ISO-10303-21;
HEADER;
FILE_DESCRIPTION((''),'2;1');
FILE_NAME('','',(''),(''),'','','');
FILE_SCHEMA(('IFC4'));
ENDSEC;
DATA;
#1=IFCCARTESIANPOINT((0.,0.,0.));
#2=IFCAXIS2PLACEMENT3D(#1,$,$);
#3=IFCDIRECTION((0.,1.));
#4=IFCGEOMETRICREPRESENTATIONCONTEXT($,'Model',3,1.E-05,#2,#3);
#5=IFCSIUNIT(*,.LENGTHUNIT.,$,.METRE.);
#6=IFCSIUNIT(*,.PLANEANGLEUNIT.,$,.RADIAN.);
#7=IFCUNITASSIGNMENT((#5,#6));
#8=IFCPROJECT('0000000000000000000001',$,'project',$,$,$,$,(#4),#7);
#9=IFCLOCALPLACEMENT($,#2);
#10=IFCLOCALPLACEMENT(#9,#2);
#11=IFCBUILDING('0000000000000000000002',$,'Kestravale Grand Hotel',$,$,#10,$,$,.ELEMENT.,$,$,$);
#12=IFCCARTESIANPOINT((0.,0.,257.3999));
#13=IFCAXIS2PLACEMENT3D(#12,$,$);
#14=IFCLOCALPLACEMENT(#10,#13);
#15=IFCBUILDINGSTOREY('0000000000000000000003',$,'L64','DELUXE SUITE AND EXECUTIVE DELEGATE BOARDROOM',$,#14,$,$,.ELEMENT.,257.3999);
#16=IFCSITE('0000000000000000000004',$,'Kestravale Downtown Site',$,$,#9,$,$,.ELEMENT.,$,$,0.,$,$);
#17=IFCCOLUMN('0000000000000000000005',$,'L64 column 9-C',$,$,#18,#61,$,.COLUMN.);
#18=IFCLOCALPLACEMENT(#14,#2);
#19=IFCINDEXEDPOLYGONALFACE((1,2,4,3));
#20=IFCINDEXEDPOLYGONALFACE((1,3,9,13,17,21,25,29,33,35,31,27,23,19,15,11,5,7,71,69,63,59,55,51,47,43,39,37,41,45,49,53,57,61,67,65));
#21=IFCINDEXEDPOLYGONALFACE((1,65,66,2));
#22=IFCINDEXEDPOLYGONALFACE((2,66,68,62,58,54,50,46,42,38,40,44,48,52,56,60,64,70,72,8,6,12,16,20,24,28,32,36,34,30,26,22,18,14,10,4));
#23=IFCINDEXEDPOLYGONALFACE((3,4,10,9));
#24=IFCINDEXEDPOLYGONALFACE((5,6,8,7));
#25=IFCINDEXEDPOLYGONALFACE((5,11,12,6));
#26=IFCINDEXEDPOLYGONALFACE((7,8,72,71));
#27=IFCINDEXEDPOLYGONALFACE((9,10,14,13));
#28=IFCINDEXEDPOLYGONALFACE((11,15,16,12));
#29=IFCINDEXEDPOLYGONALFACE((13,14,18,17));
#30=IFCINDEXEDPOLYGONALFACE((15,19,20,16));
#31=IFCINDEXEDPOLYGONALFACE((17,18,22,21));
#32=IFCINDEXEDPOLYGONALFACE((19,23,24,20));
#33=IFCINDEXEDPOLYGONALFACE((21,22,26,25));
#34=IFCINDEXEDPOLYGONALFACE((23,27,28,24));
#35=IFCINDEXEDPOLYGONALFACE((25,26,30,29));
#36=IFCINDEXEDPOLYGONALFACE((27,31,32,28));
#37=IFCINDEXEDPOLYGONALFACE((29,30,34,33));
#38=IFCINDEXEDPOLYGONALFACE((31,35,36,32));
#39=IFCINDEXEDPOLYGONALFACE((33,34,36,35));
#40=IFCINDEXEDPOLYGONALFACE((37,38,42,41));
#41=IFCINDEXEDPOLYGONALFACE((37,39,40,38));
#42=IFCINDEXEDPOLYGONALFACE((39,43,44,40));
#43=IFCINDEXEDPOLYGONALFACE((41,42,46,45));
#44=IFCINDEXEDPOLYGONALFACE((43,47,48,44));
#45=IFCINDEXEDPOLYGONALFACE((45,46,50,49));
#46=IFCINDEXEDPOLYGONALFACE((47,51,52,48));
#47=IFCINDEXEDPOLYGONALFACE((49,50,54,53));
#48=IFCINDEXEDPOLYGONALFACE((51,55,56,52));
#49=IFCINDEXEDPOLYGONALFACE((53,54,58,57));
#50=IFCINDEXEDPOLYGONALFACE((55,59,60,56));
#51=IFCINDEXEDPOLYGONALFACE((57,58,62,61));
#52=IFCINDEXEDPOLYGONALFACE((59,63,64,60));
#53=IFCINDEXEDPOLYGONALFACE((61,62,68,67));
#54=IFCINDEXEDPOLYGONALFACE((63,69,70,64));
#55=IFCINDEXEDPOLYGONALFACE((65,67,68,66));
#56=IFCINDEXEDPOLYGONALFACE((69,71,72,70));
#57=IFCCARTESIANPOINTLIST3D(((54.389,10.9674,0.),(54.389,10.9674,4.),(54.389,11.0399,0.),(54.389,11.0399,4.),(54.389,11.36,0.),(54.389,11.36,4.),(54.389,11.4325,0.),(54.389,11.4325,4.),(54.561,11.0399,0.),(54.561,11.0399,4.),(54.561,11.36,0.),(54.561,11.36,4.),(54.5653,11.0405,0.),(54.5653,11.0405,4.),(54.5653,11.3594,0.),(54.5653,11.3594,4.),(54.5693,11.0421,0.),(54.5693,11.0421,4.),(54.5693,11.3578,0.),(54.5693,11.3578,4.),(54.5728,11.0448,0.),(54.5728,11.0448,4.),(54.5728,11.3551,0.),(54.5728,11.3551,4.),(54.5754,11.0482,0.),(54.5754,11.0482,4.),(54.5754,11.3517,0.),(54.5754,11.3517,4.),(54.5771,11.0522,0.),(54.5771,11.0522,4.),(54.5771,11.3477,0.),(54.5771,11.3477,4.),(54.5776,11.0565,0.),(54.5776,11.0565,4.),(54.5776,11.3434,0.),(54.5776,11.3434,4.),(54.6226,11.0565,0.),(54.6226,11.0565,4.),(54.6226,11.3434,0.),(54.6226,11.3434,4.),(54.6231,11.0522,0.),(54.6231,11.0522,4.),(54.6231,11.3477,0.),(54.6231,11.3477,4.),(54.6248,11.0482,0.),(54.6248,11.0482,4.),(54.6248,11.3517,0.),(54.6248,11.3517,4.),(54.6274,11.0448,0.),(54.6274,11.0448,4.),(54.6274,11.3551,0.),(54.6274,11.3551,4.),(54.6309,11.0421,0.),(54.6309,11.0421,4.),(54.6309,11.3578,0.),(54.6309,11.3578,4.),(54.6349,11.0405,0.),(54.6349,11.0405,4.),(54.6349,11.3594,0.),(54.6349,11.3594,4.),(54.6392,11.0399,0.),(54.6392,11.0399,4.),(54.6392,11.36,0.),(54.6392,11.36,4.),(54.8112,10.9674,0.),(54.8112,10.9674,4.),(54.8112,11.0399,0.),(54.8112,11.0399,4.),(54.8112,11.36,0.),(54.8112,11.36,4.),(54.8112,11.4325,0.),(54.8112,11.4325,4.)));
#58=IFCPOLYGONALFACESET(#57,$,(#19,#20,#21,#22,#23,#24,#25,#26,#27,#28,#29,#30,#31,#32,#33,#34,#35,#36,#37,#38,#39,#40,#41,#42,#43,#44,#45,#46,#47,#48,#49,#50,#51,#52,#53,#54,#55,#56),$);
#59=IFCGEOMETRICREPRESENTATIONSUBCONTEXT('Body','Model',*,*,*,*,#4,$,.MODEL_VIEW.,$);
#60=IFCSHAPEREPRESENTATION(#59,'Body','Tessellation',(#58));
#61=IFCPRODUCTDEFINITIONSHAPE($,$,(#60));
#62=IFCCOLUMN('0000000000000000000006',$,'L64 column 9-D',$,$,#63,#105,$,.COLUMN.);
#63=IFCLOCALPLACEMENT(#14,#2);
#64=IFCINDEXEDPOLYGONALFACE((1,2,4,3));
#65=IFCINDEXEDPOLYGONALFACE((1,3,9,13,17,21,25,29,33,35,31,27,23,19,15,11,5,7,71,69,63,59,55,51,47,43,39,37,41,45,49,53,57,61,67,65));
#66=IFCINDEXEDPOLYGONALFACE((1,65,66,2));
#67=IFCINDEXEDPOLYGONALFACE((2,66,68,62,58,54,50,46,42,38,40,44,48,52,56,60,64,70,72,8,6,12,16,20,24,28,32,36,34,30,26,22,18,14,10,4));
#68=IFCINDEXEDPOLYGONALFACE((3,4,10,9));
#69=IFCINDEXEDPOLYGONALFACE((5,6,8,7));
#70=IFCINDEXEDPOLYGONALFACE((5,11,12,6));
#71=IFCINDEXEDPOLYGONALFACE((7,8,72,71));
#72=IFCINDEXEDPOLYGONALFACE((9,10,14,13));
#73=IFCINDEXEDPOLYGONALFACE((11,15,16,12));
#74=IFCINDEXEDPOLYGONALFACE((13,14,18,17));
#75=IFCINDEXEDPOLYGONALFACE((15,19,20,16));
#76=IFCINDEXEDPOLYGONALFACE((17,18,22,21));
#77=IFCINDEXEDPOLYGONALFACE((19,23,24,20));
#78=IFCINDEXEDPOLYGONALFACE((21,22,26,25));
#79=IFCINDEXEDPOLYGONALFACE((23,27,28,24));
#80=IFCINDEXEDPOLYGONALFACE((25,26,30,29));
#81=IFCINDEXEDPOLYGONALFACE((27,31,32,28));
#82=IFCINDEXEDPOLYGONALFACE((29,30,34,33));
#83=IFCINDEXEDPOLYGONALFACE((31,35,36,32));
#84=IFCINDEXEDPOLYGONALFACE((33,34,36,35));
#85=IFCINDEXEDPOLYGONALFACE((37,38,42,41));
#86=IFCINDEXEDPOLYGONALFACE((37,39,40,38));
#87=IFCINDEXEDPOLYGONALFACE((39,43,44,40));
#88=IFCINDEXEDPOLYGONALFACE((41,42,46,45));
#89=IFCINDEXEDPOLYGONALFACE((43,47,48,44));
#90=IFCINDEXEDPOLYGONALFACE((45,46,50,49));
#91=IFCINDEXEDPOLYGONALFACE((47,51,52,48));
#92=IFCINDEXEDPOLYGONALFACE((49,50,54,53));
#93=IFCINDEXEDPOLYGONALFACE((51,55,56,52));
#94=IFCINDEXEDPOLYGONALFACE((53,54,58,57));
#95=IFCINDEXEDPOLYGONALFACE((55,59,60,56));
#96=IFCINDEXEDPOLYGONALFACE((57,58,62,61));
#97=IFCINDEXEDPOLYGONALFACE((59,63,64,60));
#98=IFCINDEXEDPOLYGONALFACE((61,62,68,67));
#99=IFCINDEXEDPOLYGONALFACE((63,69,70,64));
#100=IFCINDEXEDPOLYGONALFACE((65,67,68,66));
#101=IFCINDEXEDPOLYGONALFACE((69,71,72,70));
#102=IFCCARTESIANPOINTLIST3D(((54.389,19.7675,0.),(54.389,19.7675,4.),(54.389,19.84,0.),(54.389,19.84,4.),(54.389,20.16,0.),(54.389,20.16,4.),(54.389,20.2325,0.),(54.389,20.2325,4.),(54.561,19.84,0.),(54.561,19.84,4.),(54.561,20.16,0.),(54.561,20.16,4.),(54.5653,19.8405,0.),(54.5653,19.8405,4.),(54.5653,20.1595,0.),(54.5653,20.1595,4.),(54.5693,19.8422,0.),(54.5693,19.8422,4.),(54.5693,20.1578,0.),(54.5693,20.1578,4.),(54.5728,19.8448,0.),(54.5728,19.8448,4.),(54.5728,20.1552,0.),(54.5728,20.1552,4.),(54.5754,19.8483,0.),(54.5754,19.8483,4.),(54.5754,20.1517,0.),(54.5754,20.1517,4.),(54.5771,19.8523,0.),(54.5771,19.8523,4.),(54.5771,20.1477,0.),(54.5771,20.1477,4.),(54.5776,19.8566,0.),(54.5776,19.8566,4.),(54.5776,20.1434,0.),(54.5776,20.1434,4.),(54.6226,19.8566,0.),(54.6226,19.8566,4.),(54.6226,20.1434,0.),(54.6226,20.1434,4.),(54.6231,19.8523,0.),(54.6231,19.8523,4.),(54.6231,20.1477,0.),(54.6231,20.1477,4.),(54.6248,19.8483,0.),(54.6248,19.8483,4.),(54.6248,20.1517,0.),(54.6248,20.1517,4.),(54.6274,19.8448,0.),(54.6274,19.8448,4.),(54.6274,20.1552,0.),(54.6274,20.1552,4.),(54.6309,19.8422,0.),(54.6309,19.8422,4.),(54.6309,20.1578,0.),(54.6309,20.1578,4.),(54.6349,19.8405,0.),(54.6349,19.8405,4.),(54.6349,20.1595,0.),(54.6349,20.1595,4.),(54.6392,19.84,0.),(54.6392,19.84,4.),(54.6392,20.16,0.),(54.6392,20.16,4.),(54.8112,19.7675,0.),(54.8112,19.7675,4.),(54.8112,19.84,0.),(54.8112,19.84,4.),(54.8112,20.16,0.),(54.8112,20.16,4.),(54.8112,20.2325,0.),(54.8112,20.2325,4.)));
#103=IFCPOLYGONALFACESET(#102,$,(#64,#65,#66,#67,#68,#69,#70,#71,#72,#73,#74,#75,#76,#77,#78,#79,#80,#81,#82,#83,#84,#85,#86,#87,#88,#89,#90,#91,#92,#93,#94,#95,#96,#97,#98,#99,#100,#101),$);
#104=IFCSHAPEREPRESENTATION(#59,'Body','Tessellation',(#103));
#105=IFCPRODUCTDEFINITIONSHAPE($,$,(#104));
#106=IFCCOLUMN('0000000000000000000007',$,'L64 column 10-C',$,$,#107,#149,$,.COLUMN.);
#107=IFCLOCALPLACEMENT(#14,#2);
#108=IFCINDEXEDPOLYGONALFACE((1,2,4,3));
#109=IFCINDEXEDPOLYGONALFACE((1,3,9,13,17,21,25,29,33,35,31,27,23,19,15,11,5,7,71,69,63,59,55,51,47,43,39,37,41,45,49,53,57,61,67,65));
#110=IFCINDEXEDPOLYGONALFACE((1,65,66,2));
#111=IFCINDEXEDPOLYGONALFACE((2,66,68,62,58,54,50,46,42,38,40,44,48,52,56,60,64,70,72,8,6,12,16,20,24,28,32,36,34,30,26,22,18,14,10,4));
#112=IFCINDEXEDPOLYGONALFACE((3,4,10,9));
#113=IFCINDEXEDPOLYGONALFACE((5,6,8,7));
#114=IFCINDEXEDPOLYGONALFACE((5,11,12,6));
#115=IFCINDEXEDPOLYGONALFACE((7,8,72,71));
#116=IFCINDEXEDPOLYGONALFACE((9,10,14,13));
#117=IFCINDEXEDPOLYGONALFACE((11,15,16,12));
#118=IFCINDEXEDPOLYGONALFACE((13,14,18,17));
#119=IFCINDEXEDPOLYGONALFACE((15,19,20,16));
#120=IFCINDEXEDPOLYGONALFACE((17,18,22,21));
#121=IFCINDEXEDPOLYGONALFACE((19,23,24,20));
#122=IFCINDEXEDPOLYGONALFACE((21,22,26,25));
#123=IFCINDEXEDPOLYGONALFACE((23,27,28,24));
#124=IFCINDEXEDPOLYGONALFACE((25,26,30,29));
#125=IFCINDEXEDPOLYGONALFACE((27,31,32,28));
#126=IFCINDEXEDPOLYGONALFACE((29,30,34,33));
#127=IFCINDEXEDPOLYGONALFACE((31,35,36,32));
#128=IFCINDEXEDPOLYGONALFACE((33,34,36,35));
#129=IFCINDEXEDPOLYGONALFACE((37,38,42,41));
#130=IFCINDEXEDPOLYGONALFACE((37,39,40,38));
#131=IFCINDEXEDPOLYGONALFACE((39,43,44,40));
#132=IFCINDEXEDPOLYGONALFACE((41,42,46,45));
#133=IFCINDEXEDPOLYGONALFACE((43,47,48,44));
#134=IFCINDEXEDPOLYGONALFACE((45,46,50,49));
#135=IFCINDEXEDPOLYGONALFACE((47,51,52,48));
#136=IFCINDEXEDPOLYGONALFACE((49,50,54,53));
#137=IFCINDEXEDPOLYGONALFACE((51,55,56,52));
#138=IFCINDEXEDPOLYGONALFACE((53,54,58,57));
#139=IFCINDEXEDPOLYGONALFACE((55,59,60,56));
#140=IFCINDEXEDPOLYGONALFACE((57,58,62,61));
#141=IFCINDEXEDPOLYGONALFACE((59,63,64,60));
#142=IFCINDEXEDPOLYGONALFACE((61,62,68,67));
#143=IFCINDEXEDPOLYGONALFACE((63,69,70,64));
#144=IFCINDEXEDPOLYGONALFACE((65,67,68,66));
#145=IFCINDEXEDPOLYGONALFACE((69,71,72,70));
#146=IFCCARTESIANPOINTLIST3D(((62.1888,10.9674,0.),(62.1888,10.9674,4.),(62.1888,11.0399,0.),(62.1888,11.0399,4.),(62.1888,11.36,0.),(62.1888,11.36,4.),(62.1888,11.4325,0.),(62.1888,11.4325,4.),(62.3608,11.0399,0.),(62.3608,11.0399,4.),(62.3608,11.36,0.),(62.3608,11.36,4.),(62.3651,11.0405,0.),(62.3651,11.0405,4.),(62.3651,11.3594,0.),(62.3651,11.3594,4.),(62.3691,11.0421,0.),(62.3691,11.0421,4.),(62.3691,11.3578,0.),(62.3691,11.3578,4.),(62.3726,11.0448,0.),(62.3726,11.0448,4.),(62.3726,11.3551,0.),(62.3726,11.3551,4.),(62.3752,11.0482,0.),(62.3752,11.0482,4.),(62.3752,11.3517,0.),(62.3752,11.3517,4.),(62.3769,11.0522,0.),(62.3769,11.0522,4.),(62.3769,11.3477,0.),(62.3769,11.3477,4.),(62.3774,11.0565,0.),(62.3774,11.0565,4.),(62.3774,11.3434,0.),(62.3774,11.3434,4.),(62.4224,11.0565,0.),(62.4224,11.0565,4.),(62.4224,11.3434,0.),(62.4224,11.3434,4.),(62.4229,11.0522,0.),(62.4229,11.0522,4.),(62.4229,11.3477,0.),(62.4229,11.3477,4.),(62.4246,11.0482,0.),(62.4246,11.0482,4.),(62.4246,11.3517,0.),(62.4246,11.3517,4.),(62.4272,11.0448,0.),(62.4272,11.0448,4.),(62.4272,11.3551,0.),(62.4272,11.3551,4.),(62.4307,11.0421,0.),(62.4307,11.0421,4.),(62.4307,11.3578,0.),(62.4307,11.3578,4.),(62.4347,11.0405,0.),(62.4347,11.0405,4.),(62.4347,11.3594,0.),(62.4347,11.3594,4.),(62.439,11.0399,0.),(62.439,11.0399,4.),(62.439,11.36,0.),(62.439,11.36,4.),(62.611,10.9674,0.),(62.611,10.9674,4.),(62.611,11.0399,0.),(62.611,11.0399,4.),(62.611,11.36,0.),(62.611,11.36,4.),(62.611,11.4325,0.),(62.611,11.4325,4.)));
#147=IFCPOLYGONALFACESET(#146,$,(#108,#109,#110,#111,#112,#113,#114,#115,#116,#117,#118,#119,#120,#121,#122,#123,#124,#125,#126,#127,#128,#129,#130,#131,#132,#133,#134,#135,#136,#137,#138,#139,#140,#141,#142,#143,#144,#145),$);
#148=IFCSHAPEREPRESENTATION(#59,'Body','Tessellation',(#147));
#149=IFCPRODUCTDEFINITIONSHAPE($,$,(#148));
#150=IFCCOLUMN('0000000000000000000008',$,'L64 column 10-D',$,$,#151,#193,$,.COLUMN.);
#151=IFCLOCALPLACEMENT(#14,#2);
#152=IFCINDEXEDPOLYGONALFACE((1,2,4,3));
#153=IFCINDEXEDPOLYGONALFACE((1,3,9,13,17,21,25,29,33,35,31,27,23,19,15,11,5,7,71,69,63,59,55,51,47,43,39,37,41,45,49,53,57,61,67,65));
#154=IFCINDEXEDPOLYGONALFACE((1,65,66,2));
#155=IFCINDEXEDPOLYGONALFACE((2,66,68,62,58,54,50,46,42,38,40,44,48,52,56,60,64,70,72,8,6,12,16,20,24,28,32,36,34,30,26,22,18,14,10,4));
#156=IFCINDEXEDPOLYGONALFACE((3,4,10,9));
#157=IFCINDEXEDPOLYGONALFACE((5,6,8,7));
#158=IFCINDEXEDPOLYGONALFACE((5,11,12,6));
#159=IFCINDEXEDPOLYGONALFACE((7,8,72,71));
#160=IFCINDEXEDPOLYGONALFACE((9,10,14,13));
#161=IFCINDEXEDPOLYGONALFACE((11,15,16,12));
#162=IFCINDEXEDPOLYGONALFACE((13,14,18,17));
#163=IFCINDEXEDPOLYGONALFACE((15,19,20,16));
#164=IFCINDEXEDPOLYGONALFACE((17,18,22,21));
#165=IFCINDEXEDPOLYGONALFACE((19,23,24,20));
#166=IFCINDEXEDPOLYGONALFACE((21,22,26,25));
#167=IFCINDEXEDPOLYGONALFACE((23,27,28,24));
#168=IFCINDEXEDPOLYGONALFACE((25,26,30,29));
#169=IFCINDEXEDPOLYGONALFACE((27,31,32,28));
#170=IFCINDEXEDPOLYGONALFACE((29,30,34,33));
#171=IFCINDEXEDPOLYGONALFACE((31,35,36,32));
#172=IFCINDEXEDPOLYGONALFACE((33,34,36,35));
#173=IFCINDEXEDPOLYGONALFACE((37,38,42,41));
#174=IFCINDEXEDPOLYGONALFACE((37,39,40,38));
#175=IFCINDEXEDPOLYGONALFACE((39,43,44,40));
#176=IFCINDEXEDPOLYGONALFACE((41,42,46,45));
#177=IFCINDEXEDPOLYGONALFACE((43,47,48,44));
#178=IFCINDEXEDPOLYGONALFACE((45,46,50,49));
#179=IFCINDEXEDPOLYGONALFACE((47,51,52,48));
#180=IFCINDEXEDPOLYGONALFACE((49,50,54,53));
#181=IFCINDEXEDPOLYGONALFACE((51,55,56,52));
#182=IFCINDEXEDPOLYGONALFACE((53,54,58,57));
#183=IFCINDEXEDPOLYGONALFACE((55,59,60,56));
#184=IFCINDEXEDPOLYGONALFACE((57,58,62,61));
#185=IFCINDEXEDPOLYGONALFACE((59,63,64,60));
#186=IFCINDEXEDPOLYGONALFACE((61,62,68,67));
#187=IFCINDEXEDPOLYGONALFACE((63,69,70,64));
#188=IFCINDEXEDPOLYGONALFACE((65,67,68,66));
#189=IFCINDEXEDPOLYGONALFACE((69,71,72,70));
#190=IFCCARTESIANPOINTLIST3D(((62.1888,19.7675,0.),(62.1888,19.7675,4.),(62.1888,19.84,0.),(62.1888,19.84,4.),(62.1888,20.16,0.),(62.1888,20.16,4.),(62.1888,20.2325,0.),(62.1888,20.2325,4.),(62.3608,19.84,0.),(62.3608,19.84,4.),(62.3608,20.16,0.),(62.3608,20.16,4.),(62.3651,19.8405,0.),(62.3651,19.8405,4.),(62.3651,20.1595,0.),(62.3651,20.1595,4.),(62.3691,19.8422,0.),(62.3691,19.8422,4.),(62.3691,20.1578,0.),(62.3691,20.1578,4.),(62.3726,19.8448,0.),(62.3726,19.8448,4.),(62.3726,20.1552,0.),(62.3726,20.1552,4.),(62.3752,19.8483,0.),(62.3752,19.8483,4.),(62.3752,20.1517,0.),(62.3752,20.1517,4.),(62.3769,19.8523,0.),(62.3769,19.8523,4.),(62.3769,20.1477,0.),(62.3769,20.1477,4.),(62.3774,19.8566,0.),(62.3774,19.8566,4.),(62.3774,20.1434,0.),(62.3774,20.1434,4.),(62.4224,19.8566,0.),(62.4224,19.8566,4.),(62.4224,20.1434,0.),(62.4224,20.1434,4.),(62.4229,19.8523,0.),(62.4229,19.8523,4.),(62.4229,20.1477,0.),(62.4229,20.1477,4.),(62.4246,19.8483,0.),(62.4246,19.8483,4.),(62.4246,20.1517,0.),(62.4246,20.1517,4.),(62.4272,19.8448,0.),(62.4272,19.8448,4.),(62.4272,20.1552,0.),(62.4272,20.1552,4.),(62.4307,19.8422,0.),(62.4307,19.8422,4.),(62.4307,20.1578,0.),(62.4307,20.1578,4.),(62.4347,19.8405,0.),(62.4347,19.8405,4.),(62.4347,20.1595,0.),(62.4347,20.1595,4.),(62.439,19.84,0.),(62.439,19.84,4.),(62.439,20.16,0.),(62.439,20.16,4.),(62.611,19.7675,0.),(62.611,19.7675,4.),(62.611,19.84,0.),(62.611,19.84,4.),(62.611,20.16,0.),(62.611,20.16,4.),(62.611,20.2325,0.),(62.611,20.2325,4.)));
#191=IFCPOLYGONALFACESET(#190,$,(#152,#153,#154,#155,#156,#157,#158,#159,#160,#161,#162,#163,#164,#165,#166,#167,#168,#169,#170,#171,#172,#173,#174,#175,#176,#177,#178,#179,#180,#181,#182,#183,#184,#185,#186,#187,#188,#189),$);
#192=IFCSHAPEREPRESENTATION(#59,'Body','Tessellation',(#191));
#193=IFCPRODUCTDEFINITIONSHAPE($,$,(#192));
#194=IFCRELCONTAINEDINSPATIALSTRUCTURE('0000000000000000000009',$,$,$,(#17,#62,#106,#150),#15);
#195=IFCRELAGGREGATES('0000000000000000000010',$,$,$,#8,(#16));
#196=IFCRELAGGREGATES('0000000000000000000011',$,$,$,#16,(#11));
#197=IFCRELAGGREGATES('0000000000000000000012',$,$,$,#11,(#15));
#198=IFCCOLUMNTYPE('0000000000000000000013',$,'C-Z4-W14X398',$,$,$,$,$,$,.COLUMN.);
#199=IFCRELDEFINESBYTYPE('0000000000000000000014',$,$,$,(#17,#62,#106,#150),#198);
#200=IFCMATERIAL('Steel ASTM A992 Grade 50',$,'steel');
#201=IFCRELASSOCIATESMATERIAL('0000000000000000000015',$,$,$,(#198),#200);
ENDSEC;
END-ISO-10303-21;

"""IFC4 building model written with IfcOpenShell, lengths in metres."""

from ifc_helpers import new_model, si_unit, direction, frame, origin, origin_2d, place, context, subcontext, project, spatial, i_section, extrude, material, material_profile, profile_set, type_object, element, save


model = new_model("IFC4")

# Units and contexts
model_context = context("Model", 3, precision=1e-05, world=origin(), true_north=direction((0.0, 1.0)))
body_context = subcontext(model_context, "Body", "Model", "MODEL_VIEW")
ifc_project = project(units=[si_unit("LENGTHUNIT", "METRE"), si_unit("PLANEANGLEUNIT", "RADIAN")], contexts=[model_context])

# Site, building, storey
site_placement = place(None, origin())
site = spatial("IfcSite", under=ifc_project, at=site_placement, Name="Kestravale Downtown Site", CompositionType="ELEMENT", RefElevation=0.0)
building_placement = place(site_placement, origin())
building = spatial("IfcBuilding", under=site, at=building_placement, Name="Kestravale Grand Hotel", CompositionType="ELEMENT")
storey_placement = place(building_placement, frame((0.0, 0.0, 257.3999)))
storey = spatial("IfcBuildingStorey", under=building, at=storey_placement, Name="L64", Description="DELUXE SUITE AND EXECUTIVE DELEGATE BOARDROOM", CompositionType="ELEMENT", Elevation=257.3999)

# Columns
ifc_material_1 = material(Name="Steel ASTM A992 Grade 50", Category="steel")
ifc_material_profile_1 = material_profile(ifc_material_1, i_section(OverallWidth=0.4221, OverallDepth=0.4651, WebThickness=0.0449, FlangeThickness=0.0725, FilletRadius=0.0166, at=origin_2d()))
ifc_profile_set_1 = profile_set([ifc_material_profile_1], Name="Steel ASTM A992 Grade 50")
column_type = type_object("IfcColumnType", Name="C-Z4-W14X398", PredefinedType="COLUMN", material=ifc_profile_set_1)
for number, where, z_axis, x_axis, name in (
    (1, (54.6001, 11.2, 0.0), (0.0, 0.0, 1.0), (1.0, 0.0, 0.0), "L64 column 9-C"),
    (2, (54.6001, 20.0, 0.0), (0.0, 0.0, 1.0), (1.0, 0.0, 0.0), "L64 column 9-D"),
    (3, (62.3999, 11.2, 0.0), (0.0, 0.0, 1.0), (1.0, 0.0, 0.0), "L64 column 10-C"),
    (4, (62.3999, 20.0, 0.0), (0.0, 0.0, 1.0), (1.0, 0.0, 0.0), "L64 column 10-D"),
):
    element("IfcColumn", number, at=place(storey_placement, frame(where, z_axis=z_axis, x_axis=x_axis)), inside=storey, type_object=column_type, Name=name, PredefinedType="COLUMN", context=body_context, shape_type="SweptSolid", body=[
        extrude(i_section(OverallWidth=0.4221, OverallDepth=0.4651, WebThickness=0.0449, FlangeThickness=0.0725, FilletRadius=0.0166, at=origin_2d()), origin(), (0.0, 0.0, 1.0), 4.0),
    ])

save(model, "model.ifc")
